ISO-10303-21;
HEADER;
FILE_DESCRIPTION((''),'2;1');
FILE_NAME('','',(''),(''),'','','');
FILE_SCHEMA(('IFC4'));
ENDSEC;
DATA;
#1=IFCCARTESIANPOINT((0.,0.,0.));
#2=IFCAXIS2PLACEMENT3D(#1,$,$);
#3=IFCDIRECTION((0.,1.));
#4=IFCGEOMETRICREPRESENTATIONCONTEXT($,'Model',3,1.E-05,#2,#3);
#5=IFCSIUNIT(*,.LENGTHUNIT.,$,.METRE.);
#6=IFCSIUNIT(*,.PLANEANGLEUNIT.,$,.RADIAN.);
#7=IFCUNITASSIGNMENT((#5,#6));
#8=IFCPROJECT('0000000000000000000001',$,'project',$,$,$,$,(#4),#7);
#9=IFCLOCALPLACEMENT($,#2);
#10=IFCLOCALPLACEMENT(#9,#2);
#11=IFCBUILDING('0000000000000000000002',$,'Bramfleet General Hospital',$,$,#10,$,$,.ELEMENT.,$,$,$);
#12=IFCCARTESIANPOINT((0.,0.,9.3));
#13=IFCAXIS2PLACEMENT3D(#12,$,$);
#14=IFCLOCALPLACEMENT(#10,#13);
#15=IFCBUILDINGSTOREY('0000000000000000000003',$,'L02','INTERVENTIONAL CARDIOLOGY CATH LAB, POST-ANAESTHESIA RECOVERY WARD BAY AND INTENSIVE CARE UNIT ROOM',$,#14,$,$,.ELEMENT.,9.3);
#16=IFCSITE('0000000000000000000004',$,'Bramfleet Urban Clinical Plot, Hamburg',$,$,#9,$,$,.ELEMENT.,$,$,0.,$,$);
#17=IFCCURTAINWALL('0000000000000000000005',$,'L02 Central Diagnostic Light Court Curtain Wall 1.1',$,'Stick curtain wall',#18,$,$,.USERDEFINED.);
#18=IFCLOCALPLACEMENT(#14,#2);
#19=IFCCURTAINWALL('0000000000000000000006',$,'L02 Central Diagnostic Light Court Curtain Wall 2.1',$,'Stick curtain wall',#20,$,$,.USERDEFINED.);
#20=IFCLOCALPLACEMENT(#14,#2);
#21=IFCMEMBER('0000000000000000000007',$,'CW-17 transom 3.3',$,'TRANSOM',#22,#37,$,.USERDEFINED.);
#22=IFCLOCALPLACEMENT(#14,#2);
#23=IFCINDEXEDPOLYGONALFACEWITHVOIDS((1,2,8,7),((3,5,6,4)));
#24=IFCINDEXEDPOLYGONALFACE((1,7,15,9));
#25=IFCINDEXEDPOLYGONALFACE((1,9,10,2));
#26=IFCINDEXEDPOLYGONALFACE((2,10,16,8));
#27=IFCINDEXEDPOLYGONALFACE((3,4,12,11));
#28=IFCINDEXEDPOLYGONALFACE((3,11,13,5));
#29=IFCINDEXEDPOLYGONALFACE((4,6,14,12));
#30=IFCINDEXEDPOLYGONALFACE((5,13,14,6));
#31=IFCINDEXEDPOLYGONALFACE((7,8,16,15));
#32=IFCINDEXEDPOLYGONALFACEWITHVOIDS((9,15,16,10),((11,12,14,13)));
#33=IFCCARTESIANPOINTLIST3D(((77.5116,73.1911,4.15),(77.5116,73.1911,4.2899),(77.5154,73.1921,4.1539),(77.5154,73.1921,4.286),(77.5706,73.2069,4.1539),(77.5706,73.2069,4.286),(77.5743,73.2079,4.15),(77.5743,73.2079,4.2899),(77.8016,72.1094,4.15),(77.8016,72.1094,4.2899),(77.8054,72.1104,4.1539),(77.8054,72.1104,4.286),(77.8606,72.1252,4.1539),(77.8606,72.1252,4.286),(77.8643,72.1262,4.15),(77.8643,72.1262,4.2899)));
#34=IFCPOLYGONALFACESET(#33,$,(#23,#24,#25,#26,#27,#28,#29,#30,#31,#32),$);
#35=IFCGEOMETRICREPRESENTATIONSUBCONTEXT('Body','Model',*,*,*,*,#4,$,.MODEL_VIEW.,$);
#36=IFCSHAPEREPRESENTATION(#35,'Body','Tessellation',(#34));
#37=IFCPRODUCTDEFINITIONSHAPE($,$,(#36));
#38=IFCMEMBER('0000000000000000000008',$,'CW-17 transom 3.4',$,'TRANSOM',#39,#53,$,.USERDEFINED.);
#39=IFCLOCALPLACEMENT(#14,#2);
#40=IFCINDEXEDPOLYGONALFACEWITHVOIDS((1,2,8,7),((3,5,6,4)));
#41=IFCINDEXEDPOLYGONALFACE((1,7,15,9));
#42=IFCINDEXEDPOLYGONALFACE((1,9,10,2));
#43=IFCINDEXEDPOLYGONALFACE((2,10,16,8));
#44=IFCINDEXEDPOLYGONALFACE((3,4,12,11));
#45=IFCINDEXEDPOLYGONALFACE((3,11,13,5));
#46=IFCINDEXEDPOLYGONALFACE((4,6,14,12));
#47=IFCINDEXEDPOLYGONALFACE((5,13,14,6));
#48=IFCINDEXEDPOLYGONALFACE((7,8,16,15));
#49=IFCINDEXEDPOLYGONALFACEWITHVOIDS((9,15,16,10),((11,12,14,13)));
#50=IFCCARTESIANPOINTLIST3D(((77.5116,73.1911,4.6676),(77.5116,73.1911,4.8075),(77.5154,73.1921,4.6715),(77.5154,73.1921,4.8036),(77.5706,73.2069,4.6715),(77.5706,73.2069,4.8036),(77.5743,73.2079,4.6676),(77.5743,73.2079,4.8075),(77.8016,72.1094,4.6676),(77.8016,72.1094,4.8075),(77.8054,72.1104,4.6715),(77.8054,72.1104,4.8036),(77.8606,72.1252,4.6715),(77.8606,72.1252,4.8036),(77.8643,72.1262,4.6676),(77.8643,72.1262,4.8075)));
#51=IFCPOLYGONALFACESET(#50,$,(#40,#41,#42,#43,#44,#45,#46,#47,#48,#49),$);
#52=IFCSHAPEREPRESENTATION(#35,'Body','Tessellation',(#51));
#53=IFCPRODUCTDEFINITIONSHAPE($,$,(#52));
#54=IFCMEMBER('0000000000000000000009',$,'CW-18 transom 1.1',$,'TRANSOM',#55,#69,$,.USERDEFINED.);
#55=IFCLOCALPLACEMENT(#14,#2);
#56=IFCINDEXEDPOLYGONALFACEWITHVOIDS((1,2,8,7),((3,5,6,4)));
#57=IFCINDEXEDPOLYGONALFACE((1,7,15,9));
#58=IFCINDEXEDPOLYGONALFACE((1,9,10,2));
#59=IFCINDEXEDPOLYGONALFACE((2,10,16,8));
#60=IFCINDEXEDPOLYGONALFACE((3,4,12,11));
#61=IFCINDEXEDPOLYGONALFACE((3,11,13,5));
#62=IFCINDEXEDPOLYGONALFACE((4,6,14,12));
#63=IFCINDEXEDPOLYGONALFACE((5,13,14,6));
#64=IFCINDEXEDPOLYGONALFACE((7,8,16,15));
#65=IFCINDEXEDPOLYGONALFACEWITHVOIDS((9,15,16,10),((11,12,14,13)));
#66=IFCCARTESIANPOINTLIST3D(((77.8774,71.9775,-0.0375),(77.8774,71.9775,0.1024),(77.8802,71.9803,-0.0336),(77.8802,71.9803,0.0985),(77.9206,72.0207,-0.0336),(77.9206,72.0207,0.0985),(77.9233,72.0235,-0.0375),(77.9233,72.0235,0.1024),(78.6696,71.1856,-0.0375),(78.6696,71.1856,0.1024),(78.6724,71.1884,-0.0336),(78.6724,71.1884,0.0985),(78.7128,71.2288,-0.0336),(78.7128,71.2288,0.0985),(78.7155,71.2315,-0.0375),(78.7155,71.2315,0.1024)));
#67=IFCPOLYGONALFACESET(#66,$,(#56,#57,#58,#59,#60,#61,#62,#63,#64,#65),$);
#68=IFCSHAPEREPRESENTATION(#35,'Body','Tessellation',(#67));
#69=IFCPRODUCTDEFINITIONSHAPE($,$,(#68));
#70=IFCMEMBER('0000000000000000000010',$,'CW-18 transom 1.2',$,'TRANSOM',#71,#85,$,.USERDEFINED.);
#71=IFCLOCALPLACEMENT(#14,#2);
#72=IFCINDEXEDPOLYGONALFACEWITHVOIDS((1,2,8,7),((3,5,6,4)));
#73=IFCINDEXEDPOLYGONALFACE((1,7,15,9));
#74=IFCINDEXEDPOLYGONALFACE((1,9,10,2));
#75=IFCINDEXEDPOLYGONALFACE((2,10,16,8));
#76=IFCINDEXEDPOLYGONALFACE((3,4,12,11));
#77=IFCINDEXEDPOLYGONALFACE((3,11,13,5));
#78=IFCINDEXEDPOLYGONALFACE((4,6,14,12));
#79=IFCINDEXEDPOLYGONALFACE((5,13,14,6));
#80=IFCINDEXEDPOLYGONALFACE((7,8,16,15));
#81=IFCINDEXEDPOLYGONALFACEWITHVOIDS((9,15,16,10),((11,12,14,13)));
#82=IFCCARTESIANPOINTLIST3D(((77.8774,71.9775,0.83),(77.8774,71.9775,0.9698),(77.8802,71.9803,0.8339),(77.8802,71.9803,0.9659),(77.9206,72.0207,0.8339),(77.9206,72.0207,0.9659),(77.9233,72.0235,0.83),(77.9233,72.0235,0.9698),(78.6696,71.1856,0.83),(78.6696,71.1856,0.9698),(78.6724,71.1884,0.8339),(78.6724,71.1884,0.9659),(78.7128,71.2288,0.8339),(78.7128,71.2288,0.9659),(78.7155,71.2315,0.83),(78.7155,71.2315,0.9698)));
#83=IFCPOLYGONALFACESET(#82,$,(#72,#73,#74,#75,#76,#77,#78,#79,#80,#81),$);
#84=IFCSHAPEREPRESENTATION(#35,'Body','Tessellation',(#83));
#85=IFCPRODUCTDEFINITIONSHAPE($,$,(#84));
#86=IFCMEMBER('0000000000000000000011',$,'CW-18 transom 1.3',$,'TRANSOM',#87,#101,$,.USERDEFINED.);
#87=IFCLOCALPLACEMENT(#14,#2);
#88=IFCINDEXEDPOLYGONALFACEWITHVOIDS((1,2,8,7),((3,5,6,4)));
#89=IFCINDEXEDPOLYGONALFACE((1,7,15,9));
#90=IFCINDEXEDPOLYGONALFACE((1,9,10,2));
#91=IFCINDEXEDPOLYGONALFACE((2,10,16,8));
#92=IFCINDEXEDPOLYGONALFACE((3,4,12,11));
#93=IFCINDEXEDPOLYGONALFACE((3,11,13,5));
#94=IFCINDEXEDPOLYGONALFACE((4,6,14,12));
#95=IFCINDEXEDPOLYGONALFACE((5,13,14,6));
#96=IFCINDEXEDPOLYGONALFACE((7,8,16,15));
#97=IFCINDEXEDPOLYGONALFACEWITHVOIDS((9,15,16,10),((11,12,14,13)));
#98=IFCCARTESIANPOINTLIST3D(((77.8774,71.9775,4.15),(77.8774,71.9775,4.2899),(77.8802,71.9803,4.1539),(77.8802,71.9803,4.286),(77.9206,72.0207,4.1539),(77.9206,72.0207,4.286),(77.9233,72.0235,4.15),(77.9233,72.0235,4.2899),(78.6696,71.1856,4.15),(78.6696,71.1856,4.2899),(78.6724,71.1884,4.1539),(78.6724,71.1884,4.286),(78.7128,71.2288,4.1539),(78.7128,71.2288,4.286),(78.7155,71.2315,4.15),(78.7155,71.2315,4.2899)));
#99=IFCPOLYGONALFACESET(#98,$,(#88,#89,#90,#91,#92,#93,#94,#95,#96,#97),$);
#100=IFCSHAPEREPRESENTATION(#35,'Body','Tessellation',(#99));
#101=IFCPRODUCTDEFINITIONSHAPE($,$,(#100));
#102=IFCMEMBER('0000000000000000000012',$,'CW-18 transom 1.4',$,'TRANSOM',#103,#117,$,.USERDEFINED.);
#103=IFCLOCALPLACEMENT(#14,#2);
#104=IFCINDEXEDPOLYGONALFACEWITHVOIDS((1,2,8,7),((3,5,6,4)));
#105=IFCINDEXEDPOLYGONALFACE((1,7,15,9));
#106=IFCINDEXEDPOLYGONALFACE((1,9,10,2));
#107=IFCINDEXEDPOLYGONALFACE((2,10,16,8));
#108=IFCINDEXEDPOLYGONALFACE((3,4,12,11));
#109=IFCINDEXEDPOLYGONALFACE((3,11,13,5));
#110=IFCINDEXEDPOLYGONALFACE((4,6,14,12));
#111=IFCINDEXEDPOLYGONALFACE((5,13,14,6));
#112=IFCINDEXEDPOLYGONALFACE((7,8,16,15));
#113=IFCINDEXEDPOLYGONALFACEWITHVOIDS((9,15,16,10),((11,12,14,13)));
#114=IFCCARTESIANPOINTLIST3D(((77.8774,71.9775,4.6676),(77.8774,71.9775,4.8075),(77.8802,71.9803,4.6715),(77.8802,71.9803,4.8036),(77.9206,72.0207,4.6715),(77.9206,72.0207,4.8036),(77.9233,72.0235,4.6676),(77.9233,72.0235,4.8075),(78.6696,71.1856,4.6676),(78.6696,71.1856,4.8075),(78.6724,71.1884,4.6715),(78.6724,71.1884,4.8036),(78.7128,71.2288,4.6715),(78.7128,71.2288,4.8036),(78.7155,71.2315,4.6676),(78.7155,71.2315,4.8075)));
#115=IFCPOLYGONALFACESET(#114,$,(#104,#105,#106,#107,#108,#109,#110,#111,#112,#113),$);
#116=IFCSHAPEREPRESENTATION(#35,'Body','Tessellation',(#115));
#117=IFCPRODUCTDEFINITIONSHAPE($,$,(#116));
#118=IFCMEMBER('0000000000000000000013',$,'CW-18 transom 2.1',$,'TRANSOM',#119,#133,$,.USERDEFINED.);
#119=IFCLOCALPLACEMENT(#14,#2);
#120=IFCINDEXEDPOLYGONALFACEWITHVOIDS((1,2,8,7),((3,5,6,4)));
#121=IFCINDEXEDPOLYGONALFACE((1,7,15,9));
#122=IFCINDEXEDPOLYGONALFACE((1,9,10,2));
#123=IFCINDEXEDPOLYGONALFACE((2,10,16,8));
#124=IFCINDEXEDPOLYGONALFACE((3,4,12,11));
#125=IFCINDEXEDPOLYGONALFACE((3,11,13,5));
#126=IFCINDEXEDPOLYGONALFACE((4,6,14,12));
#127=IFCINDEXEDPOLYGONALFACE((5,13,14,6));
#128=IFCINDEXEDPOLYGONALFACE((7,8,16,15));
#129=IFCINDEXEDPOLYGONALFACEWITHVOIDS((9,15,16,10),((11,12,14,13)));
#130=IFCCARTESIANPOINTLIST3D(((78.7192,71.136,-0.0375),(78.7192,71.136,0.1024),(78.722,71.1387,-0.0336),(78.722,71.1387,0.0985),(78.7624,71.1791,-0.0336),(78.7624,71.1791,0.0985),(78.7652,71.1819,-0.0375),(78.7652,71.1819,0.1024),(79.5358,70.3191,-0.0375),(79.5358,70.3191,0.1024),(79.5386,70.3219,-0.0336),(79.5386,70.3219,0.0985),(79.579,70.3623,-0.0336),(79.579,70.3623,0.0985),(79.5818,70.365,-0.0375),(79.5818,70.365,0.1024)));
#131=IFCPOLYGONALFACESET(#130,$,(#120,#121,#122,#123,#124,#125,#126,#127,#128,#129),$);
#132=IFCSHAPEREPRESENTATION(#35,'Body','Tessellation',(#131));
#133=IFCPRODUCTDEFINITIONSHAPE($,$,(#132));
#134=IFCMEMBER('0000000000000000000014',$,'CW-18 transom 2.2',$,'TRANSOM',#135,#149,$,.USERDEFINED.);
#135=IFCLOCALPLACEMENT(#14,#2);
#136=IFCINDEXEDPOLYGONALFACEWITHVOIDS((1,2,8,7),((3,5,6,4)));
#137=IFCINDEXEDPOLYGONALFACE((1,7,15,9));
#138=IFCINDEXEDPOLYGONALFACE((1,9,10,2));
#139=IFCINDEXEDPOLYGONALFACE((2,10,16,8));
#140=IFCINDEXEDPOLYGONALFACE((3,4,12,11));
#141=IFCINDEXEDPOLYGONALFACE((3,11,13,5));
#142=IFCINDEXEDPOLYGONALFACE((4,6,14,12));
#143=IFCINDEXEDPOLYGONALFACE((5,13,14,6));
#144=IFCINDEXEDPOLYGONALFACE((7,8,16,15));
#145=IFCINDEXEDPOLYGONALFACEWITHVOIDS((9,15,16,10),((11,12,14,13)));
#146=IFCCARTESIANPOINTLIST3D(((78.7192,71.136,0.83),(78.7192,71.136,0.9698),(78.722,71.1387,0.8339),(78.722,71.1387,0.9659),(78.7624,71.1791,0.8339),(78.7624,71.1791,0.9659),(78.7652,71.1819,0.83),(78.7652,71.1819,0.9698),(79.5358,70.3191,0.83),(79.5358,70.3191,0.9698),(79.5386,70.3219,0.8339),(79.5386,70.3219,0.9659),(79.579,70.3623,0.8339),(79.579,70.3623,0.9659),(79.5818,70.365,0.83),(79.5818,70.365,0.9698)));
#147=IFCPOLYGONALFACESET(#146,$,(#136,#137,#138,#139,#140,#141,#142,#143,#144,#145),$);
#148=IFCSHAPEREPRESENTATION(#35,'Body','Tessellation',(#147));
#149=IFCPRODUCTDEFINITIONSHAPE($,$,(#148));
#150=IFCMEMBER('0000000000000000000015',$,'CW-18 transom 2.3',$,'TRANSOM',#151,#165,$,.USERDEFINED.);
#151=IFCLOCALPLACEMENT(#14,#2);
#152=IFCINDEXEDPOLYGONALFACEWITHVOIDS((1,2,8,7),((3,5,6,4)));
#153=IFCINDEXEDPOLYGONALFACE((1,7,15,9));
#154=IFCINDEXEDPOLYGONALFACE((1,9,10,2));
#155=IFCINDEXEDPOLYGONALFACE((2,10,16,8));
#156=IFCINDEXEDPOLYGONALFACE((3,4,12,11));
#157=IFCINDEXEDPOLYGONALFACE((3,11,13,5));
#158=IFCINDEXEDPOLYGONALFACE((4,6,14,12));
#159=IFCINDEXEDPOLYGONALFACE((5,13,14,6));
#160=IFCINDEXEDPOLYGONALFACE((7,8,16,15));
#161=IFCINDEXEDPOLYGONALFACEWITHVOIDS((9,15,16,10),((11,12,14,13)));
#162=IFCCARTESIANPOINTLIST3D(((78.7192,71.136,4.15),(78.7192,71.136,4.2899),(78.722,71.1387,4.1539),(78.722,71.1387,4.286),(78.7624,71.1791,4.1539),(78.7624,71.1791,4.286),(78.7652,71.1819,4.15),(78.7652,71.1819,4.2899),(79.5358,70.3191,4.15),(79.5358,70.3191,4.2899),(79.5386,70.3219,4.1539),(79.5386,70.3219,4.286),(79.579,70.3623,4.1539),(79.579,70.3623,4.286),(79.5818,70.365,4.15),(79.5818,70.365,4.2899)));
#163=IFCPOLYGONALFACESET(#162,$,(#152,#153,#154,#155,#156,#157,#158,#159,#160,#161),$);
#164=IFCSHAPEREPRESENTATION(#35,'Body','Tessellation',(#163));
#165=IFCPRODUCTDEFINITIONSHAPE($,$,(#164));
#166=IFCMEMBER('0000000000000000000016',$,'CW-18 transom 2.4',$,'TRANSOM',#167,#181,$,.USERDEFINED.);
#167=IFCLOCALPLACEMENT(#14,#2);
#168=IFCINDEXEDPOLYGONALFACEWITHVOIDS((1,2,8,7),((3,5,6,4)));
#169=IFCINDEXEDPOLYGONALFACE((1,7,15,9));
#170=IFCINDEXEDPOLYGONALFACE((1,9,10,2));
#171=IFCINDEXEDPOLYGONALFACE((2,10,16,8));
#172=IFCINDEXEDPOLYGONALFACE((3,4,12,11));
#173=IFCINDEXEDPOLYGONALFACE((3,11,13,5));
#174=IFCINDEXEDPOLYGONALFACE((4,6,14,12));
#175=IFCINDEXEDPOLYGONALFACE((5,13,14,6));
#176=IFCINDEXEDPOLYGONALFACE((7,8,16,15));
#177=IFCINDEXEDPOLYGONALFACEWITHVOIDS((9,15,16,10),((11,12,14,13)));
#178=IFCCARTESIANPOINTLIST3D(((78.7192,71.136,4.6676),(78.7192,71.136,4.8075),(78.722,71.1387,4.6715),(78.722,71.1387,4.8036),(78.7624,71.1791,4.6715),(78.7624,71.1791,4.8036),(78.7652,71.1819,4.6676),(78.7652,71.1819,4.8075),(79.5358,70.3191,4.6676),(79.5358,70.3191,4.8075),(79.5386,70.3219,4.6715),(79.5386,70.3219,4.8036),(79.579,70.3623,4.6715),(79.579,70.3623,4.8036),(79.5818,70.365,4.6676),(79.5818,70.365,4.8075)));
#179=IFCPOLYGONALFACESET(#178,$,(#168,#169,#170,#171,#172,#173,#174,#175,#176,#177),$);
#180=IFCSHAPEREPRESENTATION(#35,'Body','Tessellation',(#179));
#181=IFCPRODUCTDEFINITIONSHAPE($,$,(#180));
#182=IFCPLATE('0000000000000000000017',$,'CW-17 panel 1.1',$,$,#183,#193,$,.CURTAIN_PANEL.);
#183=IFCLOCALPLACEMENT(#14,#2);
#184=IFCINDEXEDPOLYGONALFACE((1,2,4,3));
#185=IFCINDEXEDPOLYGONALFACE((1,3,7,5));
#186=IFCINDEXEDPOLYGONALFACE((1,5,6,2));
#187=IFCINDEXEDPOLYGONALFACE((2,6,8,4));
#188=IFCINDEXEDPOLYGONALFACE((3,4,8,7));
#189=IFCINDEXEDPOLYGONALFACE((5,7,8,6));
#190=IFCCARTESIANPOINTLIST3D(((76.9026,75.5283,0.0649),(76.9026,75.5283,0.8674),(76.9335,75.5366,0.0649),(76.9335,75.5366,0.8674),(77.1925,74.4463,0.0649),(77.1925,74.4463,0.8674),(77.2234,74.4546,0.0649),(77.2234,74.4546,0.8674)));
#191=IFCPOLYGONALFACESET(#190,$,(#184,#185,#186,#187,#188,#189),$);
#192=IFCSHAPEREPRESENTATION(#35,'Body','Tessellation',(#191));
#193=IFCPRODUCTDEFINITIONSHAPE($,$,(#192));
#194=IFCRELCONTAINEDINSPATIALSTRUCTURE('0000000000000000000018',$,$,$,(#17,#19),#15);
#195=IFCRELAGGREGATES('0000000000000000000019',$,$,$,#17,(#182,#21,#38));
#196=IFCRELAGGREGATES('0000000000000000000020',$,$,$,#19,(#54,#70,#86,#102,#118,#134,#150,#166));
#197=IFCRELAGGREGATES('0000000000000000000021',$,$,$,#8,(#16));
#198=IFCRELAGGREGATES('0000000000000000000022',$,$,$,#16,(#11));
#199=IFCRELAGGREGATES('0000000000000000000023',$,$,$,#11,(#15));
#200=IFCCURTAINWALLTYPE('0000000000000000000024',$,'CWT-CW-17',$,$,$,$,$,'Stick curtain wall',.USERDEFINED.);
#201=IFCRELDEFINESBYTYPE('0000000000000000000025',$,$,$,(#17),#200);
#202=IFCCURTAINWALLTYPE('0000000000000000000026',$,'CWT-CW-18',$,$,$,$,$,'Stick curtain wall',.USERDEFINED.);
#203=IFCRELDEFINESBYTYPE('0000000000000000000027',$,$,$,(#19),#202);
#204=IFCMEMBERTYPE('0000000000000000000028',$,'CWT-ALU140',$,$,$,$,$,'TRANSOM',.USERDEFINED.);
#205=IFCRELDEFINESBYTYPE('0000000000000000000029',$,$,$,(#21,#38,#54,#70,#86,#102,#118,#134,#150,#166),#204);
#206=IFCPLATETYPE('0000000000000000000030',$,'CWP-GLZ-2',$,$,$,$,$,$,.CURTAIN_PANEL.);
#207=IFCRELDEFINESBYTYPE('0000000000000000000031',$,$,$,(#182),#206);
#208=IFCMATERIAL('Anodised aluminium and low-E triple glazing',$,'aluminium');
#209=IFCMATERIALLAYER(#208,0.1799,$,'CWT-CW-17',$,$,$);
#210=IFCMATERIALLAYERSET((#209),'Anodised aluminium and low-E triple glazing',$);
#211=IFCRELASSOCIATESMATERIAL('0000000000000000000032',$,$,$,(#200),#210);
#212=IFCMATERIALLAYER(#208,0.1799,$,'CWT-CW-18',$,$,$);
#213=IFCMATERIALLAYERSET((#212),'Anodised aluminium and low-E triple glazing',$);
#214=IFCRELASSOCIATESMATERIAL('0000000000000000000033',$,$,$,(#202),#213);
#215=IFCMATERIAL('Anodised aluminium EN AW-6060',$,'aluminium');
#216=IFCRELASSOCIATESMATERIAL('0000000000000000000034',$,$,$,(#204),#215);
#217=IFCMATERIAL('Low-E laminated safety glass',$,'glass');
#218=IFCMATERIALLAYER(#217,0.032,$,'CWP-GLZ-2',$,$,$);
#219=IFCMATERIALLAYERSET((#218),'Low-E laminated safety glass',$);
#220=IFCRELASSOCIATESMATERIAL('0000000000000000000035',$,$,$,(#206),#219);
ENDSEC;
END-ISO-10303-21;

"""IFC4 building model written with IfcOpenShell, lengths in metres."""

from ifc_helpers import new_model, si_unit, direction, frame, origin, origin_2d, place, context, subcontext, project, spatial, rectangle, hollow_rectangle, extrude, material, layer, layer_set, material_profile, profile_set, type_object, element, aggregate, save


model = new_model("IFC4")

# Units and contexts
model_context = context("Model", 3, precision=1e-05, world=origin(), true_north=direction((0.0, 1.0)))
body_context = subcontext(model_context, "Body", "Model", "MODEL_VIEW")
ifc_project = project(units=[si_unit("LENGTHUNIT", "METRE"), si_unit("PLANEANGLEUNIT", "RADIAN")], contexts=[model_context])

# Site, building, storey
site_placement = place(None, origin())
site = spatial("IfcSite", under=ifc_project, at=site_placement, Name="Bramfleet Urban Clinical Plot, Hamburg", CompositionType="ELEMENT", RefElevation=0.0)
building_placement = place(site_placement, origin())
building = spatial("IfcBuilding", under=site, at=building_placement, Name="Bramfleet General Hospital", CompositionType="ELEMENT")
storey_placement = place(building_placement, frame((0.0, 0.0, 9.3)))
storey = spatial("IfcBuildingStorey", under=building, at=storey_placement, Name="L02", Description="INTERVENTIONAL CARDIOLOGY CATH LAB, POST-ANAESTHESIA RECOVERY WARD BAY AND INTENSIVE CARE UNIT ROOM", CompositionType="ELEMENT", Elevation=9.3)

# Curtain walls
ifc_material_1 = material(Name="Anodised aluminium and low-E triple glazing", Category="aluminium")
ifc_layer_1 = layer(ifc_material_1, 0.1799, Name="CWT-CW-17")
ifc_layer_set_1 = layer_set([ifc_layer_1], Name="Anodised aluminium and low-E triple glazing")
curtain_wall_type_1 = type_object("IfcCurtainWallType", Name="CWT-CW-17", ElementType="Stick curtain wall", PredefinedType="USERDEFINED", material=ifc_layer_set_1)
curtain_wall_1_placement = place(storey_placement, origin())
curtain_wall_1 = element("IfcCurtainWall", 1, at=curtain_wall_1_placement, inside=storey, type_object=curtain_wall_type_1, Name="L02 Central Diagnostic Light Court Curtain Wall 1.1", ObjectType="Stick curtain wall", PredefinedType="USERDEFINED")
ifc_material_2 = material(Name="Anodised aluminium EN AW-6060", Category="aluminium")
ifc_layer_2 = layer(ifc_material_1, 0.1799, Name="CWT-CW-18")
ifc_layer_set_2 = layer_set([ifc_layer_2], Name="Anodised aluminium and low-E triple glazing")
curtain_wall_type_2 = type_object("IfcCurtainWallType", Name="CWT-CW-18", ElementType="Stick curtain wall", PredefinedType="USERDEFINED", material=ifc_layer_set_2)
curtain_wall_2_placement = place(storey_placement, origin())
curtain_wall_2 = element("IfcCurtainWall", 2, at=curtain_wall_2_placement, inside=storey, type_object=curtain_wall_type_2, Name="L02 Central Diagnostic Light Court Curtain Wall 2.1", ObjectType="Stick curtain wall", PredefinedType="USERDEFINED")

# Members
ifc_material_profile_1 = material_profile(ifc_material_2, hollow_rectangle(XDim=0.0649, YDim=0.1399, WallThickness=0.0039, at=origin_2d()), Name="ALU 140x65x4.0")
ifc_profile_set_1 = profile_set([ifc_material_profile_1], Name="Anodised aluminium EN AW-6060")
member_type_1 = type_object("IfcMemberType", Name="CWT-ALU140", ElementType="TRANSOM", PredefinedType="USERDEFINED", material=ifc_profile_set_1)
member_1_placement = place(storey_placement, frame((77.543, 73.1995, 4.22), z_axis=(0.258965, -0.965887, 0.0), x_axis=(0.965887, 0.258965, 0.0)))
member_1 = element("IfcMember", 3, at=member_1_placement, type_object=member_type_1, Name="CW-17 transom 3.3", ObjectType="TRANSOM", PredefinedType="USERDEFINED", context=body_context, shape_type="SweptSolid", body=[
    extrude(hollow_rectangle(XDim=0.0649, YDim=0.1399, WallThickness=0.0039, at=origin_2d()), origin(), (0.0, 0.0, 1.0), 1.1199),
])
member_2_placement = place(storey_placement, frame((77.543, 73.1995, 4.7375), z_axis=(0.258965, -0.965887, 0.0), x_axis=(0.965887, 0.258965, 0.0)))
member_2 = element("IfcMember", 4, at=member_2_placement, type_object=member_type_1, Name="CW-17 transom 3.4", ObjectType="TRANSOM", PredefinedType="USERDEFINED", context=body_context, shape_type="SweptSolid", body=[
    extrude(hollow_rectangle(XDim=0.0649, YDim=0.1399, WallThickness=0.0039, at=origin_2d()), origin(), (0.0, 0.0, 1.0), 1.1199),
])
member_3_placement = place(storey_placement, frame((77.9004, 72.0005, 0.0325), z_axis=(0.707216, -0.706998, 0.0), x_axis=(0.706998, 0.707216, 0.0)))
member_3 = element("IfcMember", 5, at=member_3_placement, type_object=member_type_1, Name="CW-18 transom 1.1", ObjectType="TRANSOM", PredefinedType="USERDEFINED", context=body_context, shape_type="SweptSolid", body=[
    extrude(hollow_rectangle(XDim=0.0649, YDim=0.1399, WallThickness=0.0039, at=origin_2d()), origin(), (0.0, 0.0, 1.0), 1.1201),
])
member_4_placement = place(storey_placement, frame((77.9004, 72.0005, 0.8999), z_axis=(0.707216, -0.706998, 0.0), x_axis=(0.706998, 0.707216, 0.0)))
member_4 = element("IfcMember", 6, at=member_4_placement, type_object=member_type_1, Name="CW-18 transom 1.2", ObjectType="TRANSOM", PredefinedType="USERDEFINED", context=body_context, shape_type="SweptSolid", body=[
    extrude(hollow_rectangle(XDim=0.0649, YDim=0.1399, WallThickness=0.0039, at=origin_2d()), origin(), (0.0, 0.0, 1.0), 1.1201),
])
member_5_placement = place(storey_placement, frame((77.9004, 72.0005, 4.22), z_axis=(0.707216, -0.706998, 0.0), x_axis=(0.706998, 0.707216, 0.0)))
member_5 = element("IfcMember", 7, at=member_5_placement, type_object=member_type_1, Name="CW-18 transom 1.3", ObjectType="TRANSOM", PredefinedType="USERDEFINED", context=body_context, shape_type="SweptSolid", body=[
    extrude(hollow_rectangle(XDim=0.0649, YDim=0.1399, WallThickness=0.0039, at=origin_2d()), origin(), (0.0, 0.0, 1.0), 1.1201),
])
member_6_placement = place(storey_placement, frame((77.9004, 72.0005, 4.7375), z_axis=(0.707216, -0.706998, 0.0), x_axis=(0.706998, 0.707216, 0.0)))
member_6 = element("IfcMember", 8, at=member_6_placement, type_object=member_type_1, Name="CW-18 transom 1.4", ObjectType="TRANSOM", PredefinedType="USERDEFINED", context=body_context, shape_type="SweptSolid", body=[
    extrude(hollow_rectangle(XDim=0.0649, YDim=0.1399, WallThickness=0.0039, at=origin_2d()), origin(), (0.0, 0.0, 1.0), 1.1201),
])
member_7_placement = place(storey_placement, frame((78.7422, 71.1589, 0.0325), z_axis=(0.707001, -0.707212, 0.0), x_axis=(0.707212, 0.707001, 0.0)))
member_7 = element("IfcMember", 9, at=member_7_placement, type_object=member_type_1, Name="CW-18 transom 2.1", ObjectType="TRANSOM", PredefinedType="USERDEFINED", context=body_context, shape_type="SweptSolid", body=[
    extrude(hollow_rectangle(XDim=0.0649, YDim=0.1399, WallThickness=0.0039, at=origin_2d()), origin(), (0.0, 0.0, 1.0), 1.155),
])
member_8_placement = place(storey_placement, frame((78.7422, 71.1589, 0.8999), z_axis=(0.707001, -0.707212, 0.0), x_axis=(0.707212, 0.707001, 0.0)))
member_8 = element("IfcMember", 10, at=member_8_placement, type_object=member_type_1, Name="CW-18 transom 2.2", ObjectType="TRANSOM", PredefinedType="USERDEFINED", context=body_context, shape_type="SweptSolid", body=[
    extrude(hollow_rectangle(XDim=0.0649, YDim=0.1399, WallThickness=0.0039, at=origin_2d()), origin(), (0.0, 0.0, 1.0), 1.155),
])
member_9_placement = place(storey_placement, frame((78.7422, 71.1589, 4.22), z_axis=(0.707001, -0.707212, 0.0), x_axis=(0.707212, 0.707001, 0.0)))
member_9 = element("IfcMember", 11, at=member_9_placement, type_object=member_type_1, Name="CW-18 transom 2.3", ObjectType="TRANSOM", PredefinedType="USERDEFINED", context=body_context, shape_type="SweptSolid", body=[
    extrude(hollow_rectangle(XDim=0.0649, YDim=0.1399, WallThickness=0.0039, at=origin_2d()), origin(), (0.0, 0.0, 1.0), 1.155),
])
member_10_placement = place(storey_placement, frame((78.7422, 71.1589, 4.7375), z_axis=(0.707001, -0.707212, 0.0), x_axis=(0.707212, 0.707001, 0.0)))
member_10 = element("IfcMember", 12, at=member_10_placement, type_object=member_type_1, Name="CW-18 transom 2.4", ObjectType="TRANSOM", PredefinedType="USERDEFINED", context=body_context, shape_type="SweptSolid", body=[
    extrude(hollow_rectangle(XDim=0.0649, YDim=0.1399, WallThickness=0.0039, at=origin_2d()), origin(), (0.0, 0.0, 1.0), 1.155),
])

# Plate
ifc_material_3 = material(Name="Low-E laminated safety glass", Category="glass")
ifc_layer_3 = layer(ifc_material_3, 0.032, Name="CWP-GLZ-2")
ifc_layer_set_3 = layer_set([ifc_layer_3], Name="Low-E laminated safety glass")
plate_type = type_object("IfcPlateType", Name="CWP-GLZ-2", PredefinedType="CURTAIN_PANEL", material=ifc_layer_set_3)
plate_1_placement = place(storey_placement, frame((77.063, 74.9915, 0.0649), z_axis=(0.0, 0.0, 1.0), x_axis=(0.258763, -0.965941, 0.0)))
plate_1 = element("IfcPlate", 13, at=plate_1_placement, type_object=plate_type, Name="CW-17 panel 1.1", PredefinedType="CURTAIN_PANEL", context=body_context, shape_type="SweptSolid", body=[
    extrude(rectangle(XDim=1.1201, YDim=0.032, at=origin_2d()), origin(), (0.0, 0.0, 1.0), 0.8025),
])
aggregate(curtain_wall_1, [plate_1, member_1, member_2])
aggregate(curtain_wall_2, [member_3, member_4, member_5, member_6, member_7, member_8, member_9, member_10])

save(model, "model.ifc")
